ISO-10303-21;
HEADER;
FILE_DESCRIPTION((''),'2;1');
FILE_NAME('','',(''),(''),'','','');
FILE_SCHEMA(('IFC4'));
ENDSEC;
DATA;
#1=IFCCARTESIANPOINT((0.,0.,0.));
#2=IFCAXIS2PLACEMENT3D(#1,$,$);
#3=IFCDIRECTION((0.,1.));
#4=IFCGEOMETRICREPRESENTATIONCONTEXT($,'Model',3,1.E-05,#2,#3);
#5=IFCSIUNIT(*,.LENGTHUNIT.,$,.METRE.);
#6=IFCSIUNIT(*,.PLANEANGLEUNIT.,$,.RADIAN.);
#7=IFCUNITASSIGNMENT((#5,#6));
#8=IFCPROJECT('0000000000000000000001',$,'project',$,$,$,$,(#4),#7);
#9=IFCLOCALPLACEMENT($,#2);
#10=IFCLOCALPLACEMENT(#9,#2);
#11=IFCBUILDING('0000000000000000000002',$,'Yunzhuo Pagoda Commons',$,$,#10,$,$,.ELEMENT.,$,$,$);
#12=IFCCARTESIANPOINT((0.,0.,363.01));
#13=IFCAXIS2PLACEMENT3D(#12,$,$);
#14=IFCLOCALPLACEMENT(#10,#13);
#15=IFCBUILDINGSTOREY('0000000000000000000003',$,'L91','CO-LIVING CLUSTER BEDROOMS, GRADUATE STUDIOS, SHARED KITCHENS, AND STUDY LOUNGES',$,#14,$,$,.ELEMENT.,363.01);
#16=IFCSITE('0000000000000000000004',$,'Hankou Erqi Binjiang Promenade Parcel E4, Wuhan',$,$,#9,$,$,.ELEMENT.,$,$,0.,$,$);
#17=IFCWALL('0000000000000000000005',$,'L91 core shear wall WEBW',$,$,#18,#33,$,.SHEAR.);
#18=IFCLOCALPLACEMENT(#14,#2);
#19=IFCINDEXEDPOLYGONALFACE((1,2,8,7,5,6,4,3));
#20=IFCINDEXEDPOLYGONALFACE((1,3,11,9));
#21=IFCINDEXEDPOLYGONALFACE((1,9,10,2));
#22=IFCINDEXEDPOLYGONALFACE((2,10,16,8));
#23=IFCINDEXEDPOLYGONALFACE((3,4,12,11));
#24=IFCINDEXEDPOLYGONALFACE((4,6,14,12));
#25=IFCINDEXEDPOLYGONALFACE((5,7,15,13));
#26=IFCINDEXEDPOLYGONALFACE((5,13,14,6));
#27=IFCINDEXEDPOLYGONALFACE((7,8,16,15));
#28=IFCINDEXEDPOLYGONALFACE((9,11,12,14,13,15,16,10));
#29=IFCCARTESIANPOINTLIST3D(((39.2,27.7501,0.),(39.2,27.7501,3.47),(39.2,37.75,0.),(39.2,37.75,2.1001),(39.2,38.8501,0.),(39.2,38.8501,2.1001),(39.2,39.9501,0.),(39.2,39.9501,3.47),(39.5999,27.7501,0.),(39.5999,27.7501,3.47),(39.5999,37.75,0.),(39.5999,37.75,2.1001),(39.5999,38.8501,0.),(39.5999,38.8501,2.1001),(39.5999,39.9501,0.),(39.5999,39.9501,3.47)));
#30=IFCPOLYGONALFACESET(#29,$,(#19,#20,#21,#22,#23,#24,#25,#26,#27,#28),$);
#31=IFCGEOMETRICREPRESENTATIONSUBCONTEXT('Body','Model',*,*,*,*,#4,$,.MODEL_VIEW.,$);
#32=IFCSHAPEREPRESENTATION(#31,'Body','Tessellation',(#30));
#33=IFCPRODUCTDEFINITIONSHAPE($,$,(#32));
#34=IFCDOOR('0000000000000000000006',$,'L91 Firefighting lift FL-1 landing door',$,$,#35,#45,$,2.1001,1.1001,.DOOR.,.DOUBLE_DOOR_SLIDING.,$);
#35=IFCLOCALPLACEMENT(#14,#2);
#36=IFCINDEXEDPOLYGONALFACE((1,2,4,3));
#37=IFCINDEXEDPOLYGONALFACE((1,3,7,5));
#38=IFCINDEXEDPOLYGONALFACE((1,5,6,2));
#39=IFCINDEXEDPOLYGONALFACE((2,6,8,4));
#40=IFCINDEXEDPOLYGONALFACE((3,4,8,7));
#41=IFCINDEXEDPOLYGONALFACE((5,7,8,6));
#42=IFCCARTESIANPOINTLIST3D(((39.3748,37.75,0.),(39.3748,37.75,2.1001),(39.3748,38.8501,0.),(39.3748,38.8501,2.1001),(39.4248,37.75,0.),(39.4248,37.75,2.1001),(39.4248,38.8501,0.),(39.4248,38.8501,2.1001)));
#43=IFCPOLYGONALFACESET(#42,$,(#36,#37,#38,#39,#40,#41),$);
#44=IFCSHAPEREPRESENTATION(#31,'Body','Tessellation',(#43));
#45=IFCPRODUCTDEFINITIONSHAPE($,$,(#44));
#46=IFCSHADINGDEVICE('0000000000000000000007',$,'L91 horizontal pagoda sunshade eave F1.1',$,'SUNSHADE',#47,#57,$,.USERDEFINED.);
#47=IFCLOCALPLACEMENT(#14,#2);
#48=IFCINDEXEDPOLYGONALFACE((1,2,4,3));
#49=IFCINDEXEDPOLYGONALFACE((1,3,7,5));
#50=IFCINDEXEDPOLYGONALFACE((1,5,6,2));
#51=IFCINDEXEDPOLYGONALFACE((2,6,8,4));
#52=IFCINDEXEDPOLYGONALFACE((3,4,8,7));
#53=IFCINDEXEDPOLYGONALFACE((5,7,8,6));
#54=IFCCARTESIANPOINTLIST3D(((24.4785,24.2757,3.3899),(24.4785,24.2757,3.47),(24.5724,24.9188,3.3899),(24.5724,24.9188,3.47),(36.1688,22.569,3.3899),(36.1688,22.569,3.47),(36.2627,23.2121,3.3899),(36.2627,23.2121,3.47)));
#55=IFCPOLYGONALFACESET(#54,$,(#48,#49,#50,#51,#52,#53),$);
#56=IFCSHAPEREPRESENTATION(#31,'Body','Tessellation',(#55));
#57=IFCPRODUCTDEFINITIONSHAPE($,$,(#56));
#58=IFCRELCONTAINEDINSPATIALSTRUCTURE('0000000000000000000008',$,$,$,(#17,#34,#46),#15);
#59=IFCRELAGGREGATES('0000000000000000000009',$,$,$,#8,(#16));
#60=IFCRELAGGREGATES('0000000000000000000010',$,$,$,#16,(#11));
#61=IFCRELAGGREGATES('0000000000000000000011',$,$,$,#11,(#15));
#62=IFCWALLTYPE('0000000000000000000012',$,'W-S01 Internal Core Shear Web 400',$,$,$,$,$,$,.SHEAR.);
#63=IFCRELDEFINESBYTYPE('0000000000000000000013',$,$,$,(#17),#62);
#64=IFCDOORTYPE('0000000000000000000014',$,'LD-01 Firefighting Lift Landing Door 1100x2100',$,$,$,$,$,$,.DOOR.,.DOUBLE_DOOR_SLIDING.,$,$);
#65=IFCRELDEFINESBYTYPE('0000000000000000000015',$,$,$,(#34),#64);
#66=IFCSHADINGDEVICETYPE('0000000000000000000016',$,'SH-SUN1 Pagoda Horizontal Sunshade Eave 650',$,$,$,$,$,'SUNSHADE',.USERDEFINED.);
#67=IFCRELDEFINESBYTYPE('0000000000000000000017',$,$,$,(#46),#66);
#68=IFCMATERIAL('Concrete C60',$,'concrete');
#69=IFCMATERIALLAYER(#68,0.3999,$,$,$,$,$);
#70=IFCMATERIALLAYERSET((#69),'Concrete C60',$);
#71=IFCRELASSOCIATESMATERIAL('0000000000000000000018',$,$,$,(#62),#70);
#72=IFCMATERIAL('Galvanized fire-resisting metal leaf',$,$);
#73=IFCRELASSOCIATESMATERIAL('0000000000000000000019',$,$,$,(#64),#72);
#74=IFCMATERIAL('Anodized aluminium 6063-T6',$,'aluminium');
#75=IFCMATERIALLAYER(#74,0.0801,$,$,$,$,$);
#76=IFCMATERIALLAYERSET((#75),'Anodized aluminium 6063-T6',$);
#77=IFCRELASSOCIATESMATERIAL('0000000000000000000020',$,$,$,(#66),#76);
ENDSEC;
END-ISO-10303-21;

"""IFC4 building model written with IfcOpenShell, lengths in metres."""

from ifc_helpers import new_model, si_unit, direction, frame, frame_2d, origin, origin_2d, place, context, subcontext, project, spatial, rectangle, extrude, source, transform, mapped, material, layer, layer_set, type_object, element, fill, save


model = new_model("IFC4")

# Units and contexts
model_context = context("Model", 3, precision=1e-05, world=origin(), true_north=direction((0.0, 1.0)))
body_context = subcontext(model_context, "Body", "Model", "MODEL_VIEW")
ifc_project = project(units=[si_unit("LENGTHUNIT", "METRE"), si_unit("PLANEANGLEUNIT", "RADIAN")], contexts=[model_context])

# Site, building, storey
site_placement = place(None, origin())
site = spatial("IfcSite", under=ifc_project, at=site_placement, Name="Hankou Erqi Binjiang Promenade Parcel E4, Wuhan", CompositionType="ELEMENT", RefElevation=0.0)
building_placement = place(site_placement, origin())
building = spatial("IfcBuilding", under=site, at=building_placement, Name="Yunzhuo Pagoda Commons", CompositionType="ELEMENT")
storey_placement = place(building_placement, frame((0.0, 0.0, 363.01)))
storey = spatial("IfcBuildingStorey", under=building, at=storey_placement, Name="L91", Description="CO-LIVING CLUSTER BEDROOMS, GRADUATE STUDIOS, SHARED KITCHENS, AND STUDY LOUNGES", CompositionType="ELEMENT", Elevation=363.01)

# Shared definitions
ifc_material_1 = material(Name="Anodized aluminium 6063-T6", Category="aluminium")

# Wall, opening, door
ifc_material_2 = material(Name="Concrete C60", Category="concrete")
ifc_layer_1 = layer(ifc_material_2, 0.3999)
ifc_layer_set_1 = layer_set([ifc_layer_1], Name="Concrete C60")
wall_type_1 = type_object("IfcWallType", Name="W-S01 Internal Core Shear Web 400", PredefinedType="SHEAR", material=ifc_layer_set_1)
wall_1_placement = place(storey_placement, frame((39.3999, 27.75, 0.0), z_axis=(0.0, 0.0, 1.0), x_axis=(0.0, 1.0, 0.0)))
wall_1 = element("IfcWall", 1, at=wall_1_placement, inside=storey, type_object=wall_type_1, Name="L91 core shear wall WEBW", PredefinedType="SHEAR", context=body_context, shape_type="SweptSolid", body=[
    extrude(rectangle(XDim=12.2, YDim=0.3999, at=frame_2d((6.1001, 0.0))), origin(), (0.0, 0.0, 1.0), 3.47),
])
opening_placement = place(wall_1_placement, frame((10.0, 0.0, 0.0)))
opening = element("IfcOpeningElement", 2, at=opening_placement, cuts=wall_1, PredefinedType="OPENING", context=body_context, shape_type="SweptSolid", body=[
    extrude(rectangle(XDim=1.1001, YDim=2.1001, at=frame_2d((0.55, 1.05))), frame((0.0, 0.21, 0.0), z_axis=(0.0, -1.0, 0.0), x_axis=(1.0, 0.0, 0.0)), (0.0, 0.0, 1.0), 0.4199),
])
ifc_material_3 = material(Name="Galvanized fire-resisting metal leaf")
door_type = type_object("IfcDoorType", Name="LD-01 Firefighting Lift Landing Door 1100x2100", OperationType="DOUBLE_DOOR_SLIDING", PredefinedType="DOOR", material=ifc_material_3)
shared_shape_1 = source(origin(), body_context, "Body", "SweptSolid", [
    extrude(rectangle(XDim=1.1001, YDim=2.1001, at=frame_2d((0.55, 1.05))), frame((0.0, 0.0249, 0.0), z_axis=(0.0, -1.0, 0.0), x_axis=(1.0, 0.0, 0.0)), (0.0, 0.0, 1.0), 0.05),
])
door_placement = place(opening_placement, frame((1.1001, 0.0, 0.0), z_axis=(0.0, 0.0, 1.0), x_axis=(-1.0, 0.0, 0.0)))
door = element("IfcDoor", 3, at=door_placement, inside=storey, type_object=door_type, Name="L91 Firefighting lift FL-1 landing door", OperationType="DOUBLE_DOOR_SLIDING", OverallHeight=2.1001, OverallWidth=1.1001, PredefinedType="DOOR", context=body_context, shape_type="MappedRepresentation", body=[
    mapped(shared_shape_1, transform((0.0, 0.0, 0.0), scale=1.0)),
])
fill(opening, door)

# Shading device
ifc_layer_2 = layer(ifc_material_1, 0.0801)
ifc_layer_set_2 = layer_set([ifc_layer_2], Name="Anodized aluminium 6063-T6")
shading_device_type = type_object("IfcShadingDeviceType", Name="SH-SUN1 Pagoda Horizontal Sunshade Eave 650", ElementType="SUNSHADE", PredefinedType="USERDEFINED", material=ifc_layer_set_2)
shared_shape_2 = source(origin(), body_context, "Body", "SweptSolid", [
    extrude(rectangle(XDim=11.8142, YDim=0.6499, at=origin_2d()), origin(), (0.0, 0.0, 1.0), 0.0801),
])
shading_device_placement = place(storey_placement, frame((30.3706, 23.7439, 3.3899), z_axis=(0.0, 0.0, 1.0), x_axis=(0.989511, -0.14446, 0.0)))
element("IfcShadingDevice", 4, at=shading_device_placement, inside=storey, type_object=shading_device_type, Name="L91 horizontal pagoda sunshade eave F1.1", ObjectType="SUNSHADE", PredefinedType="USERDEFINED", context=body_context, shape_type="MappedRepresentation", body=[
    mapped(shared_shape_2, transform((0.0, 0.0, 0.0), scale=1.0)),
])

save(model, "model.ifc")
